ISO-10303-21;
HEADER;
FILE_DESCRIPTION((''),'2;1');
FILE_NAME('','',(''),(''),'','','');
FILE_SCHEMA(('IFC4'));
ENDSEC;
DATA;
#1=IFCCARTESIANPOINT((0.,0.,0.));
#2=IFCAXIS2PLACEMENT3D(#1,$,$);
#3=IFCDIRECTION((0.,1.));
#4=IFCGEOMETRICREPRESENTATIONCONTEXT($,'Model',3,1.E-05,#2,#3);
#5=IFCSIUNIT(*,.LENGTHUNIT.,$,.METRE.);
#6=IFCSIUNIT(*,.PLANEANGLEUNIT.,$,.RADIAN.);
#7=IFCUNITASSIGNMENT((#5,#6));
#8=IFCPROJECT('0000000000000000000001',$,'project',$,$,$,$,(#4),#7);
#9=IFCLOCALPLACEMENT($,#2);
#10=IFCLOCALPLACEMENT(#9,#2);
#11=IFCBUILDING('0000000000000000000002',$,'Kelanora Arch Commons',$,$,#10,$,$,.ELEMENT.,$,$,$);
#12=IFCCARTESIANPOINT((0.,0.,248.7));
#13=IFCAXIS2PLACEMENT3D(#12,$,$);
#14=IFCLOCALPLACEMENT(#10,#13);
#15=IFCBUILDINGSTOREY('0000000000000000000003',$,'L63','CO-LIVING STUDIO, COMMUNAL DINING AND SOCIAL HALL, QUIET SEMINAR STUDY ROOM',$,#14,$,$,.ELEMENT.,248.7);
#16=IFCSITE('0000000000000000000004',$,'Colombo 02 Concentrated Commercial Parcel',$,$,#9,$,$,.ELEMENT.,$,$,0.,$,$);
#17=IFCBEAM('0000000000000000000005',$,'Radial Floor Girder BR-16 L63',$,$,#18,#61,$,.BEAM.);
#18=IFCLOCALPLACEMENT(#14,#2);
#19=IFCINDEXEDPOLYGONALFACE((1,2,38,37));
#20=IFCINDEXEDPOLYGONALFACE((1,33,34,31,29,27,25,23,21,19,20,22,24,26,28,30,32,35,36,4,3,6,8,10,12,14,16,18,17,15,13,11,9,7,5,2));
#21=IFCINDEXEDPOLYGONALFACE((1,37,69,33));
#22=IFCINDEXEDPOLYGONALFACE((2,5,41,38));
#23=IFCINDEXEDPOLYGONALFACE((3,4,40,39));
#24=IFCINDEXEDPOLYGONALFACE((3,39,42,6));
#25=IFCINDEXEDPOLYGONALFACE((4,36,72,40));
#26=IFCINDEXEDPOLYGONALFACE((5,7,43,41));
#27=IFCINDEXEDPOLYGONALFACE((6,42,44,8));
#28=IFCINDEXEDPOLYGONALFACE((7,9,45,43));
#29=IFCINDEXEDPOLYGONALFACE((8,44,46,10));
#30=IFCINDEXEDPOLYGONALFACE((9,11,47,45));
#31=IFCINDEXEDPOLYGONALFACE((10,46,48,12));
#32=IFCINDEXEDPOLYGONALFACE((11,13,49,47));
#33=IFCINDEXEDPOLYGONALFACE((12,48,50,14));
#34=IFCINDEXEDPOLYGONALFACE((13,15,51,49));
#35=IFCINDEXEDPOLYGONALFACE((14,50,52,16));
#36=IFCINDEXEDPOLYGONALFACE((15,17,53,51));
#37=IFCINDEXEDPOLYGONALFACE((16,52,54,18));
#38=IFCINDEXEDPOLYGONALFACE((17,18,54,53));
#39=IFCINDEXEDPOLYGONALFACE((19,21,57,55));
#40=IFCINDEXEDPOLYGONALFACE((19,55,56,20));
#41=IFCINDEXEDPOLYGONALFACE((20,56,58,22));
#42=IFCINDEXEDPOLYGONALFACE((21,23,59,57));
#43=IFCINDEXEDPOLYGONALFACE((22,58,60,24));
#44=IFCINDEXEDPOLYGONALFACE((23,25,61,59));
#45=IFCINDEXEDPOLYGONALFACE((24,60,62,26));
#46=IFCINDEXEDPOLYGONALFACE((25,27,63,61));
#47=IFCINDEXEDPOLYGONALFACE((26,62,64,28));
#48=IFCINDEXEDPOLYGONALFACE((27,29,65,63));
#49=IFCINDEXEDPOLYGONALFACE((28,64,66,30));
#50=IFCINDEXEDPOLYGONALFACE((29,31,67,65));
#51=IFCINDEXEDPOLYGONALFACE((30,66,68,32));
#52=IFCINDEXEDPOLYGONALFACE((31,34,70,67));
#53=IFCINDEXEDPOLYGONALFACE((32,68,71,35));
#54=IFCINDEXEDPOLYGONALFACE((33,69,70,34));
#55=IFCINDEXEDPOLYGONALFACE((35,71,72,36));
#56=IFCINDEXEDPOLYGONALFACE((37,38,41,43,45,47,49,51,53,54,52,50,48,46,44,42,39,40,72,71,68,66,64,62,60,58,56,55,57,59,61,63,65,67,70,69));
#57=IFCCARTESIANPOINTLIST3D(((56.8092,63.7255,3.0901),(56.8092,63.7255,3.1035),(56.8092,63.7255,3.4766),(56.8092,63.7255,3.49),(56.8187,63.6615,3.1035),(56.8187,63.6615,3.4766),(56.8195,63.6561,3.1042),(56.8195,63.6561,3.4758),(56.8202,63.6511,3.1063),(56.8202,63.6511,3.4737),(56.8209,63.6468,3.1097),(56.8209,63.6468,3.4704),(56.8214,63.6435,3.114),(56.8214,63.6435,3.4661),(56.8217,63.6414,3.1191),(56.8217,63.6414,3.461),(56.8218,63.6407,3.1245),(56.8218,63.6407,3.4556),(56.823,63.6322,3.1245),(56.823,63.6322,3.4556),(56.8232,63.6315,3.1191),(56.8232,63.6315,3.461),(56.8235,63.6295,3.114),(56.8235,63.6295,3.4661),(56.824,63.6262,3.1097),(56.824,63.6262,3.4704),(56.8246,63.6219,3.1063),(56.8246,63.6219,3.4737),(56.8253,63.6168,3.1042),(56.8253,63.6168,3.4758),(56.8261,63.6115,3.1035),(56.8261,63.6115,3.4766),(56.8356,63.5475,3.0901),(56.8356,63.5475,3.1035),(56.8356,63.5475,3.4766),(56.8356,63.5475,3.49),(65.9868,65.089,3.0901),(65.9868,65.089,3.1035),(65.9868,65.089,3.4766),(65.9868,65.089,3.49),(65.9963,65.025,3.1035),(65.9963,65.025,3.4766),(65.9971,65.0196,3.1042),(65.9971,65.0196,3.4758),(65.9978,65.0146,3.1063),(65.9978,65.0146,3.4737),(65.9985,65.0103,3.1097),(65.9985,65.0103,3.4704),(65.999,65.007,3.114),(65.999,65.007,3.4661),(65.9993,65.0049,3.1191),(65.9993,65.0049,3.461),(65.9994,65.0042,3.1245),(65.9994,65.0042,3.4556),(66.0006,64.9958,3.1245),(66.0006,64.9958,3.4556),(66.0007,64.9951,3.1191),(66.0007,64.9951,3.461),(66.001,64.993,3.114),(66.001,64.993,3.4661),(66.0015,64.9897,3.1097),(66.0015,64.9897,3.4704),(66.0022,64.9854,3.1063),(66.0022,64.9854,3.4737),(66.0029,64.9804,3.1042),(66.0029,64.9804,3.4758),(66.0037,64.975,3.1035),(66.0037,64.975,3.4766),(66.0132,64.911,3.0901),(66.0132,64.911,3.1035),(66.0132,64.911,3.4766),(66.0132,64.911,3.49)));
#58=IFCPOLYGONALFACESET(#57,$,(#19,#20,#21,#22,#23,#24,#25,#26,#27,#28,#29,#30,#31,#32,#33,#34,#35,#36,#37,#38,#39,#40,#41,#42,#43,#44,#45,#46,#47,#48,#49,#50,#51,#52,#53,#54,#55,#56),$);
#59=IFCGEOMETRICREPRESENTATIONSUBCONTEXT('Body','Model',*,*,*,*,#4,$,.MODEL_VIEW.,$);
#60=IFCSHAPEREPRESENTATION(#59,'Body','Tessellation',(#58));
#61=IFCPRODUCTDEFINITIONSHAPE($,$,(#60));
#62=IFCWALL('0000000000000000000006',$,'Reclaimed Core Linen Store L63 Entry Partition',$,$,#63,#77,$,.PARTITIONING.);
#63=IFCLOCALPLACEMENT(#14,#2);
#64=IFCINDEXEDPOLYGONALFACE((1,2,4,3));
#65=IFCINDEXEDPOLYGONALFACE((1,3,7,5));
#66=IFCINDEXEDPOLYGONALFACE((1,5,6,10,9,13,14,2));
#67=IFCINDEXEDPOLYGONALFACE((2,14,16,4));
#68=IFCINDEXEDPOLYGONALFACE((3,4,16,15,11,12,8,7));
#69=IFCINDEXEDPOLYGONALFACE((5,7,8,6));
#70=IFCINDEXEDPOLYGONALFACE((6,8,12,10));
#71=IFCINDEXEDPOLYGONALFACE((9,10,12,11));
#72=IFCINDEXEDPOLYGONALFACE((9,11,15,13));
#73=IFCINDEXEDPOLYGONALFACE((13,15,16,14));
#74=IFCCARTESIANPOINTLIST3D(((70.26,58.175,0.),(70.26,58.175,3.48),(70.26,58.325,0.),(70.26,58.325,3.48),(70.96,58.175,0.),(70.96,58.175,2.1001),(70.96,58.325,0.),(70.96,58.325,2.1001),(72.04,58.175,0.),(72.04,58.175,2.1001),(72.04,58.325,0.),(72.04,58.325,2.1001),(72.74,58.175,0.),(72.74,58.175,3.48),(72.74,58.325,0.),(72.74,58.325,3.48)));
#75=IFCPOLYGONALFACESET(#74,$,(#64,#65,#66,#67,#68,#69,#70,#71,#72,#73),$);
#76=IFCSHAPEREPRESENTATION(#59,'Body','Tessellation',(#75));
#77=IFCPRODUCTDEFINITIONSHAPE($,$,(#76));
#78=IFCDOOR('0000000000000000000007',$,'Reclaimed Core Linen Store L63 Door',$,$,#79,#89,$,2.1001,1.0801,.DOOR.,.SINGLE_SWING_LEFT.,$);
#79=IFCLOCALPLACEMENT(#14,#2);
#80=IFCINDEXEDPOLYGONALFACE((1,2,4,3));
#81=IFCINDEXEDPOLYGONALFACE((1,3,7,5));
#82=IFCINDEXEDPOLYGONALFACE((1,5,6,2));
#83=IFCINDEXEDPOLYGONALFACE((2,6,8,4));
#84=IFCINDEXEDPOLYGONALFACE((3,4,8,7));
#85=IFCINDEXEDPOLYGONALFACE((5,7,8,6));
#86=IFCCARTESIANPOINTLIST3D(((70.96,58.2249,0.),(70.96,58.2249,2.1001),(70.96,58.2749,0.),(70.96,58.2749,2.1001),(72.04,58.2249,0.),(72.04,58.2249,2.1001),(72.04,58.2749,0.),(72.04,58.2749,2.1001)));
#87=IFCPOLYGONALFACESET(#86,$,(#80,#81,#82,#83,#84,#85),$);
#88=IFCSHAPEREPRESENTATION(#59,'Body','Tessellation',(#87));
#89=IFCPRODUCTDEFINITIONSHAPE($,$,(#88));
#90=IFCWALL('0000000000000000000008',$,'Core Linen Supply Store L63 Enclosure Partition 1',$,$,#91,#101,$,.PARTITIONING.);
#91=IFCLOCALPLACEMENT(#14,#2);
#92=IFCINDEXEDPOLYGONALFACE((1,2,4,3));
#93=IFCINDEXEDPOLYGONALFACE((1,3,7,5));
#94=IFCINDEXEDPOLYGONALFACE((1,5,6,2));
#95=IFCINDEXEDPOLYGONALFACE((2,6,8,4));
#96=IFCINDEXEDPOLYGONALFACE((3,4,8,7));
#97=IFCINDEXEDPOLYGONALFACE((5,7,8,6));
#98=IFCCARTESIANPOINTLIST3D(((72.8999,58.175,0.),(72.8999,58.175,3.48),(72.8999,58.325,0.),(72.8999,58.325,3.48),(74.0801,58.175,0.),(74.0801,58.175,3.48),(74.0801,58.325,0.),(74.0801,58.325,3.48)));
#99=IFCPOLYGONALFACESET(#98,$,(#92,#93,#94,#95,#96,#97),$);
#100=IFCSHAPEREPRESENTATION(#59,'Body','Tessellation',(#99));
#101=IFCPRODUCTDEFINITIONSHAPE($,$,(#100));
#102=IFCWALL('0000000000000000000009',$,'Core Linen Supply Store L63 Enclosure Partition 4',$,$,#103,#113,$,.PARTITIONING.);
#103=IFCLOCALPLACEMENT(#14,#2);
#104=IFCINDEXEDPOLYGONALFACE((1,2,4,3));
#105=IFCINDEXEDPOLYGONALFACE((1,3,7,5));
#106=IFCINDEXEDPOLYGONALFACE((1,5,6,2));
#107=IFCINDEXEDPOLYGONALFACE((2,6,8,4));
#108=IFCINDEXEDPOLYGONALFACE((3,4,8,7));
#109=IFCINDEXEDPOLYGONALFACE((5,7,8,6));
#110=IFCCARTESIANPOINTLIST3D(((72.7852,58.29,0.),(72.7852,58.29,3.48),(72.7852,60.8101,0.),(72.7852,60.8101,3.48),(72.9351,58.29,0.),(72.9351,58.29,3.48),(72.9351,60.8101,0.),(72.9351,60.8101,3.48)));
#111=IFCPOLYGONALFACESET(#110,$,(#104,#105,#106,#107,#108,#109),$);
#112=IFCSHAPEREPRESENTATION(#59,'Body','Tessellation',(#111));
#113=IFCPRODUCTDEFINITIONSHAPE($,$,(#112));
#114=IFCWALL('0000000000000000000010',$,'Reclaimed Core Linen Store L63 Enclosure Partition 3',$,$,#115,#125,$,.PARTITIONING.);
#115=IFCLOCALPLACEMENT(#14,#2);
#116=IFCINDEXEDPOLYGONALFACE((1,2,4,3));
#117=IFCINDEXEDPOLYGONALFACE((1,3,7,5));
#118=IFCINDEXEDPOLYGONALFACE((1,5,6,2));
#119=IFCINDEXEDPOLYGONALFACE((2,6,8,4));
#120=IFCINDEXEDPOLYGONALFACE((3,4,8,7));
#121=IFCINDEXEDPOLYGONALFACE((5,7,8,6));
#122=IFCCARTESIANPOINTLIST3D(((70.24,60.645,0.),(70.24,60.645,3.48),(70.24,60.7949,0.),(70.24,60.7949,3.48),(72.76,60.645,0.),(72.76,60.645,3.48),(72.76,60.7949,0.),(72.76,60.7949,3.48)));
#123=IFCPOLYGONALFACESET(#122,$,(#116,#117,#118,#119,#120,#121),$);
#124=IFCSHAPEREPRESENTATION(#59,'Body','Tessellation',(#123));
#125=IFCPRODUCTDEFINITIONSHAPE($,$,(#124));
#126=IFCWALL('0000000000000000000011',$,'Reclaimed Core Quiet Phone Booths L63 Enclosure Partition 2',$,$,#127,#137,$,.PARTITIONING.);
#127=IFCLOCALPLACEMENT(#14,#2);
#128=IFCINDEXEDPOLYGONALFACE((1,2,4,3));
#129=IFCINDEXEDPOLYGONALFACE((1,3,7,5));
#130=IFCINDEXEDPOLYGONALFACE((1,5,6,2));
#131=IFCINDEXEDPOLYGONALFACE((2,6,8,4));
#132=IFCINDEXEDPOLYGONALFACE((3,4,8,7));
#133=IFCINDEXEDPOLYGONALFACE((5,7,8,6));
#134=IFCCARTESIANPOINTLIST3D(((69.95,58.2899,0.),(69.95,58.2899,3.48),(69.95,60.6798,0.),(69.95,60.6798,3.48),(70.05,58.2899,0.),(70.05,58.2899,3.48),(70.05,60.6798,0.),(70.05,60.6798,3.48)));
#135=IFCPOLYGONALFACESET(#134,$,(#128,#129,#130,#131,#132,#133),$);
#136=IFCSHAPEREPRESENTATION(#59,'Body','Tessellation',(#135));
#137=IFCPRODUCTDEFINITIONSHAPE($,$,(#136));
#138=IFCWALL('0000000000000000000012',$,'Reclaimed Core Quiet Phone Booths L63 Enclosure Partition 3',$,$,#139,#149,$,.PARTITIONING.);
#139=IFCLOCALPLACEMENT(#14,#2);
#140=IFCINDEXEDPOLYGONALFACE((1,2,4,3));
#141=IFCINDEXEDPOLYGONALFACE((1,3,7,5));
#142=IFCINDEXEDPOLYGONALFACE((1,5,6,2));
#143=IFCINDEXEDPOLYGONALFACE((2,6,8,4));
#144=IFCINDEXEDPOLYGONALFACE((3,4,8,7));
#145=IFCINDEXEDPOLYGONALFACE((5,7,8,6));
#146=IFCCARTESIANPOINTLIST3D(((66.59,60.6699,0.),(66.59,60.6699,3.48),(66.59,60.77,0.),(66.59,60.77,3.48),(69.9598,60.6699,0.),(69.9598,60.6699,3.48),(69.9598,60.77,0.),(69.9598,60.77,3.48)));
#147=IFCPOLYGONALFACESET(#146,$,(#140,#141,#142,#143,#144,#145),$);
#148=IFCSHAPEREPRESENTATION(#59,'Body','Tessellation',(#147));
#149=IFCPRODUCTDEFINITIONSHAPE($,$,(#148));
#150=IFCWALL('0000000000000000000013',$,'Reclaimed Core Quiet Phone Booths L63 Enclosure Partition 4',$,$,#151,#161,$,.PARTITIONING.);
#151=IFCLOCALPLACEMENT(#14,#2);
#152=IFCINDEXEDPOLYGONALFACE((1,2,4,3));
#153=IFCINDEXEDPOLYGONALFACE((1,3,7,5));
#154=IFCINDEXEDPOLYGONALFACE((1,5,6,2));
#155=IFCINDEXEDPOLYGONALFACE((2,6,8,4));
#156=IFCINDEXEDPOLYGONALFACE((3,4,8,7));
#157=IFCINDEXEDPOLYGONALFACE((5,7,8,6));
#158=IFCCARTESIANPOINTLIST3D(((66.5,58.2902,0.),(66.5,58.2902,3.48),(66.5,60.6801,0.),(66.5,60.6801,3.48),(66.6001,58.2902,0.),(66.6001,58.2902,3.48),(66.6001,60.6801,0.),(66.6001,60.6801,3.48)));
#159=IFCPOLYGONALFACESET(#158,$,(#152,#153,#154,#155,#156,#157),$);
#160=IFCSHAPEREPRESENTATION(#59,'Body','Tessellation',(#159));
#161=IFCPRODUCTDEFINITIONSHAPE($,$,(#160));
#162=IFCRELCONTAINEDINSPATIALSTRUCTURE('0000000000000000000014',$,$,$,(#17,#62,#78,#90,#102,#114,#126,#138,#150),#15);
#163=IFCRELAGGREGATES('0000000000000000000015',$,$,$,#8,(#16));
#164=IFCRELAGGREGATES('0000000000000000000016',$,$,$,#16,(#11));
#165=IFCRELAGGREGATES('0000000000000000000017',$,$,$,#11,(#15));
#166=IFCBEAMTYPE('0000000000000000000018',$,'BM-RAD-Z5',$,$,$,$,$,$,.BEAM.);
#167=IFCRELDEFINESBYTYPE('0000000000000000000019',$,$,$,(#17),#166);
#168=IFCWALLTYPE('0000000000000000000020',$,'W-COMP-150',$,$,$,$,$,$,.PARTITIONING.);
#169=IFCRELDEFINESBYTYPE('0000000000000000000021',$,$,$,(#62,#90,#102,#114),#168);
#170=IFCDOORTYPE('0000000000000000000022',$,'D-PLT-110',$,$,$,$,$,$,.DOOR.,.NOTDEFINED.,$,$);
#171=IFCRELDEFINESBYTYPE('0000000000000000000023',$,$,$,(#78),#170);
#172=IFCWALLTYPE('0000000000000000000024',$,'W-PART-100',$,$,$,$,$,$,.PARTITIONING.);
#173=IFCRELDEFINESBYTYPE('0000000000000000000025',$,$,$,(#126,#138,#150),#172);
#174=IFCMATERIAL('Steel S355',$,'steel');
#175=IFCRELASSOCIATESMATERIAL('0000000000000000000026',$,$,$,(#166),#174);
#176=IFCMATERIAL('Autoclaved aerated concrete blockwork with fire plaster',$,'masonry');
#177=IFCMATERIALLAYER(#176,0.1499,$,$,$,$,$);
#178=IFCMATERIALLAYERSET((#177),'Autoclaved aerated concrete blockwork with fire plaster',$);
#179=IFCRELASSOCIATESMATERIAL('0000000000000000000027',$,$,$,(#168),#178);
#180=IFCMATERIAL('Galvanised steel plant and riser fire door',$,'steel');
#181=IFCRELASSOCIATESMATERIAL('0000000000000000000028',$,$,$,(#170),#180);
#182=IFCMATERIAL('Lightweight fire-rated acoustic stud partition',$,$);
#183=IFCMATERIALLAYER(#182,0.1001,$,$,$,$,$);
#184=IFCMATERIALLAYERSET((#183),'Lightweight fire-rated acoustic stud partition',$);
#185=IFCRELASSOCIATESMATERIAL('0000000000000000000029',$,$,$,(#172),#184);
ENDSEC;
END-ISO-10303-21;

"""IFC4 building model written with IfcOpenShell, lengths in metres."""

from ifc_helpers import new_model, si_unit, direction, frame, frame_2d, origin, origin_2d, place, context, subcontext, project, spatial, rectangle, i_section, extrude, material, layer, layer_set, material_profile, profile_set, type_object, element, fill, save


model = new_model("IFC4")

# Units and contexts
model_context = context("Model", 3, precision=1e-05, world=origin(), true_north=direction((0.0, 1.0)))
body_context = subcontext(model_context, "Body", "Model", "MODEL_VIEW")
ifc_project = project(units=[si_unit("LENGTHUNIT", "METRE"), si_unit("PLANEANGLEUNIT", "RADIAN")], contexts=[model_context])

# Site, building, storey
site_placement = place(None, origin())
site = spatial("IfcSite", under=ifc_project, at=site_placement, Name="Colombo 02 Concentrated Commercial Parcel", CompositionType="ELEMENT", RefElevation=0.0)
building_placement = place(site_placement, origin())
building = spatial("IfcBuilding", under=site, at=building_placement, Name="Kelanora Arch Commons", CompositionType="ELEMENT")
storey_placement = place(building_placement, frame((0.0, 0.0, 248.7)))
storey = spatial("IfcBuildingStorey", under=building, at=storey_placement, Name="L63", Description="CO-LIVING STUDIO, COMMUNAL DINING AND SOCIAL HALL, QUIET SEMINAR STUDY ROOM", CompositionType="ELEMENT", Elevation=248.7)

# Beam
ifc_material_1 = material(Name="Steel S355", Category="steel")
ifc_material_profile_1 = material_profile(ifc_material_1, i_section(OverallWidth=0.1799, OverallDepth=0.3999, WebThickness=0.0085, FlangeThickness=0.0134, FilletRadius=0.021, at=origin_2d()), Name="IPE400")
ifc_profile_set_1 = profile_set([ifc_material_profile_1], Name="Steel S355")
beam_type_1 = type_object("IfcBeamType", Name="BM-RAD-Z5", PredefinedType="BEAM", material=ifc_profile_set_1)
beam_1_placement = place(storey_placement, frame((66.0, 65.0, 3.29), z_axis=(-0.989142, -0.14696, 0.0), x_axis=(0.14696, -0.989142, 0.0)))
element("IfcBeam", 1, at=beam_1_placement, inside=storey, type_object=beam_type_1, Name="Radial Floor Girder BR-16 L63", PredefinedType="BEAM", context=body_context, shape_type="SweptSolid", body=[
    extrude(i_section(OverallWidth=0.1799, OverallDepth=0.3999, WebThickness=0.0085, FlangeThickness=0.0134, FilletRadius=0.021, at=origin_2d()), origin(), (0.0, 0.0, 1.0), 9.2783),
])

# Wall, opening, door
ifc_material_2 = material(Name="Autoclaved aerated concrete blockwork with fire plaster", Category="masonry")
ifc_layer_1 = layer(ifc_material_2, 0.1499)
ifc_layer_set_1 = layer_set([ifc_layer_1], Name="Autoclaved aerated concrete blockwork with fire plaster")
wall_type_1 = type_object("IfcWallType", Name="W-COMP-150", PredefinedType="PARTITIONING", material=ifc_layer_set_1)
wall_1_placement = place(storey_placement, frame((70.26, 58.25, 0.0), z_axis=(0.0, 0.0, 1.0), x_axis=(1.0, 0.0, 0.0)))
wall_1 = element("IfcWall", 2, at=wall_1_placement, inside=storey, type_object=wall_type_1, Name="Reclaimed Core Linen Store L63 Entry Partition", PredefinedType="PARTITIONING", context=body_context, shape_type="SweptSolid", body=[
    extrude(rectangle(XDim=2.48, YDim=0.1499, at=frame_2d((1.24, 0.0))), origin(), (0.0, 0.0, 1.0), 3.48),
])
opening_1_placement = place(wall_1_placement, frame((0.7, 0.0, 0.0)))
opening_1 = element("IfcOpeningElement", 3, at=opening_1_placement, cuts=wall_1, PredefinedType="OPENING", context=body_context, shape_type="SweptSolid", body=[
    extrude(rectangle(XDim=1.0801, YDim=2.1001, at=frame_2d((0.54, 1.05))), frame((0.0, 0.085, 0.0), z_axis=(0.0, -1.0, 0.0), x_axis=(1.0, 0.0, 0.0)), (0.0, 0.0, 1.0), 0.1699),
])
ifc_material_3 = material(Name="Galvanised steel plant and riser fire door", Category="steel")
door_type_1 = type_object("IfcDoorType", Name="D-PLT-110", OperationType="NOTDEFINED", PredefinedType="DOOR", material=ifc_material_3)
door_1_placement = place(opening_1_placement, origin())
door_1 = element("IfcDoor", 4, at=door_1_placement, inside=storey, type_object=door_type_1, Name="Reclaimed Core Linen Store L63 Door", OperationType="SINGLE_SWING_LEFT", OverallHeight=2.1001, OverallWidth=1.0801, PredefinedType="DOOR", context=body_context, shape_type="SweptSolid", body=[
    extrude(rectangle(XDim=1.0801, YDim=2.1001, at=frame_2d((0.54, 1.05))), frame((0.0, 0.0249, 0.0), z_axis=(0.0, -1.0, 0.0), x_axis=(1.0, 0.0, 0.0)), (0.0, 0.0, 1.0), 0.05),
])
fill(opening_1, door_1)

# Walls
wall_2_placement = place(storey_placement, frame((72.8999, 58.25, 0.0), z_axis=(0.0, 0.0, 1.0), x_axis=(1.0, 0.0, 0.0)))
element("IfcWall", 5, at=wall_2_placement, inside=storey, type_object=wall_type_1, Name="Core Linen Supply Store L63 Enclosure Partition 1", PredefinedType="PARTITIONING", context=body_context, shape_type="SweptSolid", body=[
    extrude(rectangle(XDim=1.1802, YDim=0.1499, at=frame_2d((0.5901, 0.0))), origin(), (0.0, 0.0, 1.0), 3.48),
])
for number, where, z_axis, x_axis, name in (
    (6, (72.8601, 60.8101, 0.0), (0.0, 0.0, 1.0), (0.0, -1.0, 0.0), "Core Linen Supply Store L63 Enclosure Partition 4"),
    (7, (72.76, 60.72, 0.0), (0.0, 0.0, 1.0), (-1.0, 0.0, 0.0), "Reclaimed Core Linen Store L63 Enclosure Partition 3"),
):
    element("IfcWall", number, at=place(storey_placement, frame(where, z_axis=z_axis, x_axis=x_axis)), inside=storey, type_object=wall_type_1, Name=name, PredefinedType="PARTITIONING", context=body_context, shape_type="SweptSolid", body=[
        extrude(rectangle(XDim=2.52, YDim=0.1499, at=frame_2d((1.26, 0.0))), origin(), (0.0, 0.0, 1.0), 3.48),
    ])
ifc_material_4 = material(Name="Lightweight fire-rated acoustic stud partition")
ifc_layer_2 = layer(ifc_material_4, 0.1001)
ifc_layer_set_2 = layer_set([ifc_layer_2], Name="Lightweight fire-rated acoustic stud partition")
wall_type_2 = type_object("IfcWallType", Name="W-PART-100", PredefinedType="PARTITIONING", material=ifc_layer_set_2)
wall_3_placement = place(storey_placement, frame((70.0, 58.29, 0.0), z_axis=(0.0, 0.0, 1.0), x_axis=(0.0, 1.0, 0.0)))
element("IfcWall", 8, at=wall_3_placement, inside=storey, type_object=wall_type_2, Name="Reclaimed Core Quiet Phone Booths L63 Enclosure Partition 2", PredefinedType="PARTITIONING", context=body_context, shape_type="SweptSolid", body=[
    extrude(rectangle(XDim=2.3899, YDim=0.1001, at=frame_2d((1.1948, 0.0))), origin(), (0.0, 0.0, 1.0), 3.48),
])
wall_4_placement = place(storey_placement, frame((69.96, 60.72, 0.0), z_axis=(0.0, 0.0, 1.0), x_axis=(-1.0, 0.0, 0.0)))
element("IfcWall", 9, at=wall_4_placement, inside=storey, type_object=wall_type_2, Name="Reclaimed Core Quiet Phone Booths L63 Enclosure Partition 3", PredefinedType="PARTITIONING", context=body_context, shape_type="SweptSolid", body=[
    extrude(rectangle(XDim=3.3699, YDim=0.1001, at=frame_2d((1.6851, 0.0))), origin(), (0.0, 0.0, 1.0), 3.48),
])
wall_5_placement = place(storey_placement, frame((66.55, 60.6799, 0.0), z_axis=(0.0, 0.0, 1.0), x_axis=(0.0, -1.0, 0.0)))
element("IfcWall", 10, at=wall_5_placement, inside=storey, type_object=wall_type_2, Name="Reclaimed Core Quiet Phone Booths L63 Enclosure Partition 4", PredefinedType="PARTITIONING", context=body_context, shape_type="SweptSolid", body=[
    extrude(rectangle(XDim=2.3899, YDim=0.1001, at=frame_2d((1.1948, 0.0))), origin(), (0.0, 0.0, 1.0), 3.48),
])

save(model, "model.ifc")
